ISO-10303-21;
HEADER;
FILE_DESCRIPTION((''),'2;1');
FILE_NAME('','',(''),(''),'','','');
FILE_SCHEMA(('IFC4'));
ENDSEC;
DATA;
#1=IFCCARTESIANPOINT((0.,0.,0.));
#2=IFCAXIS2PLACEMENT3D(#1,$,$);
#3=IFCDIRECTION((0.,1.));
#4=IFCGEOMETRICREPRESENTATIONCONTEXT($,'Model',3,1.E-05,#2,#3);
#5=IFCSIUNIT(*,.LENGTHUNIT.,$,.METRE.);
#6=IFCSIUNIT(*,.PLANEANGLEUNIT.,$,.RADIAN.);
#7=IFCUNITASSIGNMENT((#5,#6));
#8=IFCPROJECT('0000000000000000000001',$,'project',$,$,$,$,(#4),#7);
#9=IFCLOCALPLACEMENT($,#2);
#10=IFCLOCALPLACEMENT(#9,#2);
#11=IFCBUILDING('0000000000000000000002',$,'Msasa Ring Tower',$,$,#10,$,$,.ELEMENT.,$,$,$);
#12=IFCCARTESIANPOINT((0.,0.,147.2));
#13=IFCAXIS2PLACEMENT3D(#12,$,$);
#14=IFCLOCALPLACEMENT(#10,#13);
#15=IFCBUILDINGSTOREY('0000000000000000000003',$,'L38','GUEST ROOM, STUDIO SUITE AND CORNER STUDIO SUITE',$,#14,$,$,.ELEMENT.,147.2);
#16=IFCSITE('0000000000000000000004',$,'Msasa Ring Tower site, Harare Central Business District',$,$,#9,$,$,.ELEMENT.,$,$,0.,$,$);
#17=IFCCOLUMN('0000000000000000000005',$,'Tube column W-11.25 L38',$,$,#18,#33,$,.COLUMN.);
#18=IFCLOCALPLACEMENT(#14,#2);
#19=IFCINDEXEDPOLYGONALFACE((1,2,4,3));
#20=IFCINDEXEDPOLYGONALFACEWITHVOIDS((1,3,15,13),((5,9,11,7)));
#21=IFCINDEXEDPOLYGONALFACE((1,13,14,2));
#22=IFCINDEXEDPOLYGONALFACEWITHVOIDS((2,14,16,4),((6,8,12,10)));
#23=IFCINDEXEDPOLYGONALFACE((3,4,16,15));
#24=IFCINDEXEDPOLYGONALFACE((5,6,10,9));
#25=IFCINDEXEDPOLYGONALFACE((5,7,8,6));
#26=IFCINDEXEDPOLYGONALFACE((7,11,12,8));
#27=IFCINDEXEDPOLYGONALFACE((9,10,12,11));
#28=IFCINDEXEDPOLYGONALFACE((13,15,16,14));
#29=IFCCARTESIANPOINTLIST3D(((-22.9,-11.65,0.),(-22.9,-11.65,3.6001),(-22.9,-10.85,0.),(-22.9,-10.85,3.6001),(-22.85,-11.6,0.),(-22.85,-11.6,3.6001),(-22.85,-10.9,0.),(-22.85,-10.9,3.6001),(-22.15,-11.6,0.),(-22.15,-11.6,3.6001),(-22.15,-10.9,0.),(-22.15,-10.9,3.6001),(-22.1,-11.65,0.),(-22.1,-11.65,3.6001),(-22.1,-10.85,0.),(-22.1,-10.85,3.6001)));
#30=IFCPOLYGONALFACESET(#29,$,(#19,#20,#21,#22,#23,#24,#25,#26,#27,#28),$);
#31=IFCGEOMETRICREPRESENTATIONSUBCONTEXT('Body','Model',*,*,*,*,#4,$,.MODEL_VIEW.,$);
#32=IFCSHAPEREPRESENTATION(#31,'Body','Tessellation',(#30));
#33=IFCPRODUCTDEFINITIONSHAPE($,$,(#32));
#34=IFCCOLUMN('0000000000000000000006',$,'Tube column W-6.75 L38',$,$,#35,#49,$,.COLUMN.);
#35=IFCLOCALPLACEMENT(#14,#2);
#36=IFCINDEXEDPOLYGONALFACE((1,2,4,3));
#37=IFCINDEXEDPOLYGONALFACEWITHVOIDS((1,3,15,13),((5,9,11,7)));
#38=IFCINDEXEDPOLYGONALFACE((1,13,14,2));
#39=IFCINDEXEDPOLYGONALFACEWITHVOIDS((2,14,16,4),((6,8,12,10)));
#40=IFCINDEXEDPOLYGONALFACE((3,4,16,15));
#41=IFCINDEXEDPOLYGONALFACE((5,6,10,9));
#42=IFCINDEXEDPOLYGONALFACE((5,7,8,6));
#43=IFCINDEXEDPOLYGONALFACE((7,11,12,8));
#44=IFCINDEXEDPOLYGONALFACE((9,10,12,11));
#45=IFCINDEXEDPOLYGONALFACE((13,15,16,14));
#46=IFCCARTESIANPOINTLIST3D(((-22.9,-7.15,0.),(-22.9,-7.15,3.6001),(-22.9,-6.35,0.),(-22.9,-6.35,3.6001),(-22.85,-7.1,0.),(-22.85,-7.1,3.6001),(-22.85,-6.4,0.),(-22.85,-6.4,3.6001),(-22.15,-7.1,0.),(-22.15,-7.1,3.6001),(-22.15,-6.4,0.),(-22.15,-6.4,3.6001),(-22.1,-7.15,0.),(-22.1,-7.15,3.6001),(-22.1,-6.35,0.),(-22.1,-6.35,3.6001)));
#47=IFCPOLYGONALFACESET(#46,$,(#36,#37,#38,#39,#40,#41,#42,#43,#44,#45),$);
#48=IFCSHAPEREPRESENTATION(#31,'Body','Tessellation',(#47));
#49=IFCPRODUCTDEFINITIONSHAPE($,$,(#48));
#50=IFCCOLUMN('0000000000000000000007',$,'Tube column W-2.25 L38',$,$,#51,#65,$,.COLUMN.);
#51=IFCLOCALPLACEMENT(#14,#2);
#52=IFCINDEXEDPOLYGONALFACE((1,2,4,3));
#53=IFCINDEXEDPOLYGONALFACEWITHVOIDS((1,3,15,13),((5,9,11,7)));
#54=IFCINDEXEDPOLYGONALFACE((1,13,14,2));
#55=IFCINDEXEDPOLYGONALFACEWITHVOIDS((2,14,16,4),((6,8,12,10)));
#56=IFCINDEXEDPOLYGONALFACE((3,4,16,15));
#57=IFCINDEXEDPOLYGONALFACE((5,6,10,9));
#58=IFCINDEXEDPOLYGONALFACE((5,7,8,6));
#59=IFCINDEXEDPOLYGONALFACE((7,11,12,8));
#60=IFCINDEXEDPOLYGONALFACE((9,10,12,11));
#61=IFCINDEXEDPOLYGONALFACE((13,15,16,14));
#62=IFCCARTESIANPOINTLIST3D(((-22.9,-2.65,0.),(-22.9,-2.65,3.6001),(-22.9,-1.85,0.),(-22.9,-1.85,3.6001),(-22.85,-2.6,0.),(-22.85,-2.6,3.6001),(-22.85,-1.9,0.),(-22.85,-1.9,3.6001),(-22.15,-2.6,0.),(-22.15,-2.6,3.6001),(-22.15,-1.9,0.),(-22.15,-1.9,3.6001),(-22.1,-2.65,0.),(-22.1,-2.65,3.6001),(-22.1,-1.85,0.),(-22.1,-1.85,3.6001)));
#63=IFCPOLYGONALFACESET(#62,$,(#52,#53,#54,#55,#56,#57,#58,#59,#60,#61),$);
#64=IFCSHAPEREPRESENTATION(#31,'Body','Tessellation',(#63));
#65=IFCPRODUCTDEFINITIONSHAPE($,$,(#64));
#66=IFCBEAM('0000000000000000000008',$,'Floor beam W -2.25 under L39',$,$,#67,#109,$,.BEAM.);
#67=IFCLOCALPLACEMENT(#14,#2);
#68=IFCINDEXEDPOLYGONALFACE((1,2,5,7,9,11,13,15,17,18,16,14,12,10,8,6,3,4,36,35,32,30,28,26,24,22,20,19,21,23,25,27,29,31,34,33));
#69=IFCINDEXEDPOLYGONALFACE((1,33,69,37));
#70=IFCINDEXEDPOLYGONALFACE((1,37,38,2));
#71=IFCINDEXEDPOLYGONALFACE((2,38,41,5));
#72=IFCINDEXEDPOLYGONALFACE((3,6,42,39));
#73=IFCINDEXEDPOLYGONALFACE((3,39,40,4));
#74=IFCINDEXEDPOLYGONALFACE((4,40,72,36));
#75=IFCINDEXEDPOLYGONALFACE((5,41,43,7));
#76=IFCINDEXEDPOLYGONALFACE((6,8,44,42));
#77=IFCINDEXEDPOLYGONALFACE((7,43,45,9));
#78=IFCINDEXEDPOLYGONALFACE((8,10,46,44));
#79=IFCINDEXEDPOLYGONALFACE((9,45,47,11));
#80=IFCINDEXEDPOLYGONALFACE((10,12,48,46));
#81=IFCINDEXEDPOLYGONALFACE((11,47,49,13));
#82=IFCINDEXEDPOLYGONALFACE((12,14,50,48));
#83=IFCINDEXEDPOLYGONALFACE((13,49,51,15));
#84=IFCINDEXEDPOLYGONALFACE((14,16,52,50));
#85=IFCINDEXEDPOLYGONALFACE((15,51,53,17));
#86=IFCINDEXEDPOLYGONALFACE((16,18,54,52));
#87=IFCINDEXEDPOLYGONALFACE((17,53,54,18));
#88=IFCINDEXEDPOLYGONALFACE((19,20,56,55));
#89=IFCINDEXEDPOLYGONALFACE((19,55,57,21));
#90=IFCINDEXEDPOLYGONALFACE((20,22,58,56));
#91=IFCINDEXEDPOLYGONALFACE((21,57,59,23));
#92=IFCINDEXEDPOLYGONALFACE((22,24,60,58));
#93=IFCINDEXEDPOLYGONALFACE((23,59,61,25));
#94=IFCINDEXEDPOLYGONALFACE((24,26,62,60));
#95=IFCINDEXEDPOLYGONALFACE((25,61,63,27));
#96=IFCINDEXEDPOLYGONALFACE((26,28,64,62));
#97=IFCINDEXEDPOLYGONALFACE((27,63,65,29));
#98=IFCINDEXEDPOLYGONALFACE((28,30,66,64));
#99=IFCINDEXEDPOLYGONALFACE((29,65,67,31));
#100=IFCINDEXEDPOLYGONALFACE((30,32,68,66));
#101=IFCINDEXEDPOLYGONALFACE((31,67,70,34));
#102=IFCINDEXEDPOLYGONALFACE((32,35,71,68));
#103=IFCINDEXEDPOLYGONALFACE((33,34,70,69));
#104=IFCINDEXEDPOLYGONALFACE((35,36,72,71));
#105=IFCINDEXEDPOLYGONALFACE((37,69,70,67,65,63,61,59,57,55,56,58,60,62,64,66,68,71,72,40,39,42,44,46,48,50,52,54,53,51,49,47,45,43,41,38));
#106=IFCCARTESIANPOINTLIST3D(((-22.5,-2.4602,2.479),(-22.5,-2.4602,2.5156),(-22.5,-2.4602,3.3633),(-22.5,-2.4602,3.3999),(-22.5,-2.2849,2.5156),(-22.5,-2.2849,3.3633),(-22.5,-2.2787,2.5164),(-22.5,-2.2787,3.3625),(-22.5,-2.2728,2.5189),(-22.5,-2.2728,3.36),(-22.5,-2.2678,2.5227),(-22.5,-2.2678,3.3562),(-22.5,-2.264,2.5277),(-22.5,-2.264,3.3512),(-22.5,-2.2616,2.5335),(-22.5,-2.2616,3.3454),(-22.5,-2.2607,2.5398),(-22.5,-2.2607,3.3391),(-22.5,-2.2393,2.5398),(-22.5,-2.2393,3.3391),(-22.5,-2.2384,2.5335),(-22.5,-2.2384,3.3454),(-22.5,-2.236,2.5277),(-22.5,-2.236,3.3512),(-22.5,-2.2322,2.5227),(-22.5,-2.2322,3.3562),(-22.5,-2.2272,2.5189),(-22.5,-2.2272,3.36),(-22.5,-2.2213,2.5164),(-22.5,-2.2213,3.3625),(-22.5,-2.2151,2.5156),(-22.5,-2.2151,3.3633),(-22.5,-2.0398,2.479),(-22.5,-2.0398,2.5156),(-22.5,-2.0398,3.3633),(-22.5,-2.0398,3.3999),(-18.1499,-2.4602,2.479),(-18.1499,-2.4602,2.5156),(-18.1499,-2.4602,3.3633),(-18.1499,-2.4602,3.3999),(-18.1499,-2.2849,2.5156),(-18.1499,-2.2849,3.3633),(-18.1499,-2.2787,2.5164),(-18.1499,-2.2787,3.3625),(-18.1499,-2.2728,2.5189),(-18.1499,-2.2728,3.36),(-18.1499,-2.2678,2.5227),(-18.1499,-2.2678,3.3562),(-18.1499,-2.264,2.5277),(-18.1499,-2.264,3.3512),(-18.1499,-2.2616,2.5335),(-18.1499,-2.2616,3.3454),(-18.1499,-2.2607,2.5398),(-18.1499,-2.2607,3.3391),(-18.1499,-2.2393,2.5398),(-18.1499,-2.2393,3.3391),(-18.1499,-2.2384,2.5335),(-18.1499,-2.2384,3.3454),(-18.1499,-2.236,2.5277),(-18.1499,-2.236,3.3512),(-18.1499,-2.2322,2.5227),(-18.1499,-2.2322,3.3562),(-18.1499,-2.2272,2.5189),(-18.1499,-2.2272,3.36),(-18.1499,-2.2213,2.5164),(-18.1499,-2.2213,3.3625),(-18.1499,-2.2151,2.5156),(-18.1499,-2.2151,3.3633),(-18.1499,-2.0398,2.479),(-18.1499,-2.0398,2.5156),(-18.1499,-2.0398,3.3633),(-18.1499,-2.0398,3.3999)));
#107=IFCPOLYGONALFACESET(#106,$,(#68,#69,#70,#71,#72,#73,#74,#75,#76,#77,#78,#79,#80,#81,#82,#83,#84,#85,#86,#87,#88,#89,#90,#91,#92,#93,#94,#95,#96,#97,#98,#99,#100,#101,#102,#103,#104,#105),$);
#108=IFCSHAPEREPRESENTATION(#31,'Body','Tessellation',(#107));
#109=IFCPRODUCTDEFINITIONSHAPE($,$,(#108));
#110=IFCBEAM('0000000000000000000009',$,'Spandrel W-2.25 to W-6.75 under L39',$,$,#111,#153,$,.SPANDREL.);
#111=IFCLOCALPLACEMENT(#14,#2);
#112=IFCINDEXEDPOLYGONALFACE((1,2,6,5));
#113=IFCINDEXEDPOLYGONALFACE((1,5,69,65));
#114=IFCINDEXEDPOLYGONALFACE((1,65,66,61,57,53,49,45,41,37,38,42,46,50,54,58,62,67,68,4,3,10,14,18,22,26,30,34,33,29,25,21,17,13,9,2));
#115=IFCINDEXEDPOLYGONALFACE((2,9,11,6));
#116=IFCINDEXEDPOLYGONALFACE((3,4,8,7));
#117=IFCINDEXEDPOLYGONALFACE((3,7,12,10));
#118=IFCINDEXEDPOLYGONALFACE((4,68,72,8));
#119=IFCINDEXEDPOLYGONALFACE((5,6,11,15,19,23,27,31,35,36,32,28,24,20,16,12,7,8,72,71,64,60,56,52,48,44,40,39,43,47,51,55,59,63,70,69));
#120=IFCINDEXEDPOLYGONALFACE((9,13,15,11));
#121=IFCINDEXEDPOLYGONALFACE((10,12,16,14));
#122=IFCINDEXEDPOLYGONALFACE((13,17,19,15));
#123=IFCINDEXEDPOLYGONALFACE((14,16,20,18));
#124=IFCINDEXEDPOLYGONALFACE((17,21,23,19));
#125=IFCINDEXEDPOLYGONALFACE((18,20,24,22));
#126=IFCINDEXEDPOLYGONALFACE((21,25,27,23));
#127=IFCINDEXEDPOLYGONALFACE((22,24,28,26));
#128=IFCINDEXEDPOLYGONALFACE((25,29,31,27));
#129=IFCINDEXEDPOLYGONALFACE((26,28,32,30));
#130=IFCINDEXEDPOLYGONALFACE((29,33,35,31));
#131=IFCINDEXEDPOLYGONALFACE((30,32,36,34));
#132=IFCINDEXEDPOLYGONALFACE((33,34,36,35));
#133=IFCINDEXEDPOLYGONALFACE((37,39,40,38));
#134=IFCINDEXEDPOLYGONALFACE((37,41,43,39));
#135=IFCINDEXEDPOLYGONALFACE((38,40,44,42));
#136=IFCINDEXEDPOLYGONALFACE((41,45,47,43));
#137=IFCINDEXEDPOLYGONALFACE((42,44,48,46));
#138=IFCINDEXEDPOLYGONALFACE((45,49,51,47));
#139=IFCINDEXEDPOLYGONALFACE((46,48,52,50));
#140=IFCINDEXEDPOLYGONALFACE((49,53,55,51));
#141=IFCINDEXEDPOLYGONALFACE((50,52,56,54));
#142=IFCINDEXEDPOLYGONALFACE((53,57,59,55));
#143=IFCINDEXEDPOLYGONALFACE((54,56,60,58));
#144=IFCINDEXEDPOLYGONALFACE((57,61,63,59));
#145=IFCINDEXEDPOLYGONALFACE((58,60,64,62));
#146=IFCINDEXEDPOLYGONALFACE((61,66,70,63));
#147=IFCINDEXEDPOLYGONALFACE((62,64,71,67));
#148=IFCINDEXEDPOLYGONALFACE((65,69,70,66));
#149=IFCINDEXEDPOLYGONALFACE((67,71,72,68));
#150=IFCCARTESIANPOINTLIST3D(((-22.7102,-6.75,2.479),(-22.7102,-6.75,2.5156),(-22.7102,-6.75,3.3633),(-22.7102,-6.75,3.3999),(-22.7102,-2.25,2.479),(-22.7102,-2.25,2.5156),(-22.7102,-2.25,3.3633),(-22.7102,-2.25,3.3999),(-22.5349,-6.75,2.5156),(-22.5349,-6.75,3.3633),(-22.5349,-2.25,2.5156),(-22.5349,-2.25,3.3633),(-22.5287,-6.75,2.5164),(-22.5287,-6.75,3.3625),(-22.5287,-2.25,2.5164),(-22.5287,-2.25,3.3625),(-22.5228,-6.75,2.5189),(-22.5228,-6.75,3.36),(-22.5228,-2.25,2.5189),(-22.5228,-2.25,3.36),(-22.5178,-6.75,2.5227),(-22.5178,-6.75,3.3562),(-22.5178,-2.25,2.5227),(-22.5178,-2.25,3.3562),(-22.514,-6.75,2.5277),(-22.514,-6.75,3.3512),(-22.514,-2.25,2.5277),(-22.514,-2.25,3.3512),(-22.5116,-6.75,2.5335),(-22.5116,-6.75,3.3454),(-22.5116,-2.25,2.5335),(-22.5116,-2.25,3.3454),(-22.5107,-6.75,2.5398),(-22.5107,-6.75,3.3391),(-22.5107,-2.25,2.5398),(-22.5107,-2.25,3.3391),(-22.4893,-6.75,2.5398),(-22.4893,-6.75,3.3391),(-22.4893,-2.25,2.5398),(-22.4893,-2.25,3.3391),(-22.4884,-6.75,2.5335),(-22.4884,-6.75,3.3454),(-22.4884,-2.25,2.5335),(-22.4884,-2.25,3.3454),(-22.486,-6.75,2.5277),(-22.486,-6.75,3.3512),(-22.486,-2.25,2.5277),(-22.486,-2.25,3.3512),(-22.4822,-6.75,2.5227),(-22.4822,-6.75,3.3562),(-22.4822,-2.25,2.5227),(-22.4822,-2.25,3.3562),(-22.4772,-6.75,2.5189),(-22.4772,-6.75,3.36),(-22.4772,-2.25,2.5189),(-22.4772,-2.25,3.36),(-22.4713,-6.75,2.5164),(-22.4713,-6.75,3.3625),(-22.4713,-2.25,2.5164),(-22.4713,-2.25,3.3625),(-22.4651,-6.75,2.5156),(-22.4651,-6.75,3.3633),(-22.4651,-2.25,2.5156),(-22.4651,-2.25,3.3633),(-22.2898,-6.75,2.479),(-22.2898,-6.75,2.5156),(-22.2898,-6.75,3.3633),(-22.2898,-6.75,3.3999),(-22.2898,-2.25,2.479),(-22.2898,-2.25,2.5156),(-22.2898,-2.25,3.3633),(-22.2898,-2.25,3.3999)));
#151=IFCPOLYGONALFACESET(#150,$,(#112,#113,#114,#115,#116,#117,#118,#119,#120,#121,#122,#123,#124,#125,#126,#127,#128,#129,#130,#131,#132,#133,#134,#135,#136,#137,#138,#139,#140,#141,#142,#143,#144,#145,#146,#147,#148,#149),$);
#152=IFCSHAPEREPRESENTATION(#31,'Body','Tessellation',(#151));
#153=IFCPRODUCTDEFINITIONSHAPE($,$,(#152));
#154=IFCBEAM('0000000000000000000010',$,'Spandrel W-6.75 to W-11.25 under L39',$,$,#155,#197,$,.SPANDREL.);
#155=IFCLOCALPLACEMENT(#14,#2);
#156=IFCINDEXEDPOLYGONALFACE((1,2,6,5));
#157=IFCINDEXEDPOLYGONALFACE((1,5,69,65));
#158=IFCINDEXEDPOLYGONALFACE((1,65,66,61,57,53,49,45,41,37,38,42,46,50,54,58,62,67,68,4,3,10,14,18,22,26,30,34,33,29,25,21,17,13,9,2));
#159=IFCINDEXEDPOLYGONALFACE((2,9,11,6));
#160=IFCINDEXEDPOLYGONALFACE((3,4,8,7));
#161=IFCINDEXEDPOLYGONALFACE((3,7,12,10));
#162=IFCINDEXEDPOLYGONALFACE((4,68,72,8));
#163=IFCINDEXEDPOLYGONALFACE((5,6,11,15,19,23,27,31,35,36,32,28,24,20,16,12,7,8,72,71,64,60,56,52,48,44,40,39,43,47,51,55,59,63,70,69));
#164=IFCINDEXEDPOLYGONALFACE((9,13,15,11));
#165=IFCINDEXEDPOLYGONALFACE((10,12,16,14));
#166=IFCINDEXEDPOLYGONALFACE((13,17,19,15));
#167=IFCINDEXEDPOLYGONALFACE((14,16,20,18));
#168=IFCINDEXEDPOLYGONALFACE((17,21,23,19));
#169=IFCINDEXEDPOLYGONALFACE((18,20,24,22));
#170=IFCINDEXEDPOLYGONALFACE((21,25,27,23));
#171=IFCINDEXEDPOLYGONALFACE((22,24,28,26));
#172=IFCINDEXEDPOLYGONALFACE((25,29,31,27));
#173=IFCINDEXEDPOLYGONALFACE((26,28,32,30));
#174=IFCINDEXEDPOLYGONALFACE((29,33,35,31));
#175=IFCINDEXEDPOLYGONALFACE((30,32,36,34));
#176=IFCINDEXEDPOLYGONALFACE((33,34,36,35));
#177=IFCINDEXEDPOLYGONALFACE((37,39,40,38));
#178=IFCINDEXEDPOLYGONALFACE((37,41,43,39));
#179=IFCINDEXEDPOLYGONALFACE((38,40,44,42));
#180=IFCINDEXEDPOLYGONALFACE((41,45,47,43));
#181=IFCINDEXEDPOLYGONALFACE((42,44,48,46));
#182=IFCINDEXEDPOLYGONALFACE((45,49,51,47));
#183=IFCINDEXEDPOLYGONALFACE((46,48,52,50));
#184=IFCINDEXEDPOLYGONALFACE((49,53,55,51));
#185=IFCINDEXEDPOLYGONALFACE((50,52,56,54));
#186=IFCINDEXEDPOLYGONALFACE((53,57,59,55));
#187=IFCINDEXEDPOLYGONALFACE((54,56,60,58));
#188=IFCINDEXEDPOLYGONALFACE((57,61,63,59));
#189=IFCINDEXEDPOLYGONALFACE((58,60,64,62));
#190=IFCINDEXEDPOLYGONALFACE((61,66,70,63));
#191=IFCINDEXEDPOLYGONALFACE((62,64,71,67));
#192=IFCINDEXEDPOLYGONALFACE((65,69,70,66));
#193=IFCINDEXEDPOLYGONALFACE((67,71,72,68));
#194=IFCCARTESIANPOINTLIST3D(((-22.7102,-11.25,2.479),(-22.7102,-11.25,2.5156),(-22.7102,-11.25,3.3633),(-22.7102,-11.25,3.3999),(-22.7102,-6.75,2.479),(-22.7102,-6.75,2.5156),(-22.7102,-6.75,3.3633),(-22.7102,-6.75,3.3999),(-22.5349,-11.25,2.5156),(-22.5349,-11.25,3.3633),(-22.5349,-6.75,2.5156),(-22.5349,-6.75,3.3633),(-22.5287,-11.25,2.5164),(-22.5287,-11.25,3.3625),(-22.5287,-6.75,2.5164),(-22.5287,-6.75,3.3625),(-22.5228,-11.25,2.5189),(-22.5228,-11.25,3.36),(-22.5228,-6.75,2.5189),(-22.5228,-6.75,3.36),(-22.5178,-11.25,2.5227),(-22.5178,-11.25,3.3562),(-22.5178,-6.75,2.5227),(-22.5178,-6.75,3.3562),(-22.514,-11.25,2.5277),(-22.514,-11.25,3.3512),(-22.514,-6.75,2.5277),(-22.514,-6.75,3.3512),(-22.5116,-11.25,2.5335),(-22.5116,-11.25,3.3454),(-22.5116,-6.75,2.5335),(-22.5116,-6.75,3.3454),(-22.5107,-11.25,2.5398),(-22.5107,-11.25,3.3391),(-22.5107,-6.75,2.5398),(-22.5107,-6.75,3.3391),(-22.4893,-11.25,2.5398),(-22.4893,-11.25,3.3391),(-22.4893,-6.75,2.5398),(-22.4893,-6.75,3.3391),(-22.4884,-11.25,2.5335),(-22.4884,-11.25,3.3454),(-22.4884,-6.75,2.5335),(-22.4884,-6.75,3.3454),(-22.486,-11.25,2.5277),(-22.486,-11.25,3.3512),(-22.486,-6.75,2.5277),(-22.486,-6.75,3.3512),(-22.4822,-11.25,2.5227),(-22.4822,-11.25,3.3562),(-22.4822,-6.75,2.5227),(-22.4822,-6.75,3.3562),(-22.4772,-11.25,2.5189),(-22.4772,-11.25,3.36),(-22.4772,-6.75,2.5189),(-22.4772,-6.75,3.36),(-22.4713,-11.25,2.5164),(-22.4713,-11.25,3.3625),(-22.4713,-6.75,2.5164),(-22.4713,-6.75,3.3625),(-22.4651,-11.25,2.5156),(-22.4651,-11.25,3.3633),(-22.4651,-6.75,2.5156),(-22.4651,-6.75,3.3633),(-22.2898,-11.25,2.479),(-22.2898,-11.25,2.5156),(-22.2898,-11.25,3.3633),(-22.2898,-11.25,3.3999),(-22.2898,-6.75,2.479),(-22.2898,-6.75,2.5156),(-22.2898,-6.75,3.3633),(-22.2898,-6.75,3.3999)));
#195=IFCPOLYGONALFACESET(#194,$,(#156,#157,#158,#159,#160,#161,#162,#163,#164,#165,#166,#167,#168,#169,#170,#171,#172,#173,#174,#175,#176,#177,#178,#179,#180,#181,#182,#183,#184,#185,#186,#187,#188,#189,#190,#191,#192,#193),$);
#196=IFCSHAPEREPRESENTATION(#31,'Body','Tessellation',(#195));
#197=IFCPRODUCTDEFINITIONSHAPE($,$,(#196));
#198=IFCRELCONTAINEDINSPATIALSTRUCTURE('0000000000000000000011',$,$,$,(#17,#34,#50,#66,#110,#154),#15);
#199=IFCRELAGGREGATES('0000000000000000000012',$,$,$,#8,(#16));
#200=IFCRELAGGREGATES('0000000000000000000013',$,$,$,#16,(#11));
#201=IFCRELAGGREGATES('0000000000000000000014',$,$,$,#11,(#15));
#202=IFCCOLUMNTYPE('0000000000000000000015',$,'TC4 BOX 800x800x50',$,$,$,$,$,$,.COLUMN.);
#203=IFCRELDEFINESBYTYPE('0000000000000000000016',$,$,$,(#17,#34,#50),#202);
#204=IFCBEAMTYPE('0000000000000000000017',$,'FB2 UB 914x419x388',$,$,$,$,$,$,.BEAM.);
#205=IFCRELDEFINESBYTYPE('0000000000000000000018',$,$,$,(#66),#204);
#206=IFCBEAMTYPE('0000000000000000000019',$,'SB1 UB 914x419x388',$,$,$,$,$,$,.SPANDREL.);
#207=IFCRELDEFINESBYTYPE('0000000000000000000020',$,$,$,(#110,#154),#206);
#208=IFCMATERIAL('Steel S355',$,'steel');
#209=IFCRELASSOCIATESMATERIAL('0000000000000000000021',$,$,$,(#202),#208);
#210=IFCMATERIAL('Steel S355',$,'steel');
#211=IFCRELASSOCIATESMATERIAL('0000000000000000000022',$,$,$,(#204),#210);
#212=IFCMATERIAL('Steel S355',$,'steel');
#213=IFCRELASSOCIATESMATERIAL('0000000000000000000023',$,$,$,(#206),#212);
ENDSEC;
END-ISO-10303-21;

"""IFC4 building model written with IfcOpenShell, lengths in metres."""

from ifc_helpers import new_model, si_unit, direction, frame, origin, origin_2d, place, context, subcontext, project, spatial, hollow_rectangle, i_section, extrude, material, material_profile, profile_set, type_object, element, save


model = new_model("IFC4")

# Units and contexts
model_context = context("Model", 3, precision=1e-05, world=origin(), true_north=direction((0.0, 1.0)))
body_context = subcontext(model_context, "Body", "Model", "MODEL_VIEW")
ifc_project = project(units=[si_unit("LENGTHUNIT", "METRE"), si_unit("PLANEANGLEUNIT", "RADIAN")], contexts=[model_context])

# Site, building, storey
site_placement = place(None, origin())
site = spatial("IfcSite", under=ifc_project, at=site_placement, Name="Msasa Ring Tower site, Harare Central Business District", CompositionType="ELEMENT", RefElevation=0.0)
building_placement = place(site_placement, origin())
building = spatial("IfcBuilding", under=site, at=building_placement, Name="Msasa Ring Tower", CompositionType="ELEMENT")
storey_placement = place(building_placement, frame((0.0, 0.0, 147.2)))
storey = spatial("IfcBuildingStorey", under=building, at=storey_placement, Name="L38", Description="GUEST ROOM, STUDIO SUITE AND CORNER STUDIO SUITE", CompositionType="ELEMENT", Elevation=147.2)

# Columns
ifc_material_1 = material(Name="Steel S355", Category="steel")
ifc_material_profile_1 = material_profile(ifc_material_1, hollow_rectangle(XDim=0.8, YDim=0.8, WallThickness=0.05, at=origin_2d()), Name="BOX 800x800x50")
ifc_profile_set_1 = profile_set([ifc_material_profile_1], Name="Steel S355")
column_type = type_object("IfcColumnType", Name="TC4 BOX 800x800x50", PredefinedType="COLUMN", material=ifc_profile_set_1)
for number, where, z_axis, x_axis, name in (
    (1, (-22.5, -11.25, 0.0), (0.0, 0.0, 1.0), (1.0, 0.0, 0.0), "Tube column W-11.25 L38"),
    (2, (-22.5, -6.75, 0.0), (0.0, 0.0, 1.0), (1.0, 0.0, 0.0), "Tube column W-6.75 L38"),
    (3, (-22.5, -2.25, 0.0), (0.0, 0.0, 1.0), (1.0, 0.0, 0.0), "Tube column W-2.25 L38"),
):
    element("IfcColumn", number, at=place(storey_placement, frame(where, z_axis=z_axis, x_axis=x_axis)), inside=storey, type_object=column_type, Name=name, PredefinedType="COLUMN", context=body_context, shape_type="SweptSolid", body=[
        extrude(hollow_rectangle(XDim=0.8, YDim=0.8, WallThickness=0.05, at=origin_2d()), origin(), (0.0, 0.0, 1.0), 3.6001),
    ])

# Beams
ifc_material_2 = material(Name="Steel S355", Category="steel")
ifc_material_profile_2 = material_profile(ifc_material_2, i_section(OverallWidth=0.4204, OverallDepth=0.9209, WebThickness=0.0215, FlangeThickness=0.0366, FilletRadius=0.0242, at=origin_2d()), Name="UB 914x419x388")
ifc_profile_set_2 = profile_set([ifc_material_profile_2], Name="Steel S355")
beam_type_1 = type_object("IfcBeamType", Name="FB2 UB 914x419x388", PredefinedType="BEAM", material=ifc_profile_set_2)
beam_placement = place(storey_placement, frame((-22.5, -2.25, 2.9395), z_axis=(1.0, 0.0, 0.0), x_axis=(0.0, 1.0, 0.0)))
element("IfcBeam", 4, at=beam_placement, inside=storey, type_object=beam_type_1, Name="Floor beam W -2.25 under L39", PredefinedType="BEAM", context=body_context, shape_type="SweptSolid", body=[
    extrude(i_section(OverallWidth=0.4204, OverallDepth=0.9209, WebThickness=0.0215, FlangeThickness=0.0366, FilletRadius=0.0242, at=origin_2d()), origin(), (0.0, 0.0, 1.0), 4.3501),
])
ifc_material_3 = material(Name="Steel S355", Category="steel")
ifc_material_profile_3 = material_profile(ifc_material_3, i_section(OverallWidth=0.4204, OverallDepth=0.9209, WebThickness=0.0215, FlangeThickness=0.0366, FilletRadius=0.0242, at=origin_2d()), Name="UB 914x419x388")
ifc_profile_set_3 = profile_set([ifc_material_profile_3], Name="Steel S355")
beam_type_2 = type_object("IfcBeamType", Name="SB1 UB 914x419x388", PredefinedType="SPANDREL", material=ifc_profile_set_3)
for number, where, z_axis, x_axis, name in (
    (5, (-22.5, -2.25, 2.9395), (0.0, -1.0, 0.0), (1.0, 0.0, 0.0), "Spandrel W-2.25 to W-6.75 under L39"),
    (6, (-22.5, -6.75, 2.9395), (0.0, -1.0, 0.0), (1.0, 0.0, 0.0), "Spandrel W-6.75 to W-11.25 under L39"),
):
    element("IfcBeam", number, at=place(storey_placement, frame(where, z_axis=z_axis, x_axis=x_axis)), inside=storey, type_object=beam_type_2, Name=name, PredefinedType="SPANDREL", context=body_context, shape_type="SweptSolid", body=[
        extrude(i_section(OverallWidth=0.4204, OverallDepth=0.9209, WebThickness=0.0215, FlangeThickness=0.0366, FilletRadius=0.0242, at=origin_2d()), origin(), (0.0, 0.0, 1.0), 4.5),
    ])

save(model, "model.ifc")
